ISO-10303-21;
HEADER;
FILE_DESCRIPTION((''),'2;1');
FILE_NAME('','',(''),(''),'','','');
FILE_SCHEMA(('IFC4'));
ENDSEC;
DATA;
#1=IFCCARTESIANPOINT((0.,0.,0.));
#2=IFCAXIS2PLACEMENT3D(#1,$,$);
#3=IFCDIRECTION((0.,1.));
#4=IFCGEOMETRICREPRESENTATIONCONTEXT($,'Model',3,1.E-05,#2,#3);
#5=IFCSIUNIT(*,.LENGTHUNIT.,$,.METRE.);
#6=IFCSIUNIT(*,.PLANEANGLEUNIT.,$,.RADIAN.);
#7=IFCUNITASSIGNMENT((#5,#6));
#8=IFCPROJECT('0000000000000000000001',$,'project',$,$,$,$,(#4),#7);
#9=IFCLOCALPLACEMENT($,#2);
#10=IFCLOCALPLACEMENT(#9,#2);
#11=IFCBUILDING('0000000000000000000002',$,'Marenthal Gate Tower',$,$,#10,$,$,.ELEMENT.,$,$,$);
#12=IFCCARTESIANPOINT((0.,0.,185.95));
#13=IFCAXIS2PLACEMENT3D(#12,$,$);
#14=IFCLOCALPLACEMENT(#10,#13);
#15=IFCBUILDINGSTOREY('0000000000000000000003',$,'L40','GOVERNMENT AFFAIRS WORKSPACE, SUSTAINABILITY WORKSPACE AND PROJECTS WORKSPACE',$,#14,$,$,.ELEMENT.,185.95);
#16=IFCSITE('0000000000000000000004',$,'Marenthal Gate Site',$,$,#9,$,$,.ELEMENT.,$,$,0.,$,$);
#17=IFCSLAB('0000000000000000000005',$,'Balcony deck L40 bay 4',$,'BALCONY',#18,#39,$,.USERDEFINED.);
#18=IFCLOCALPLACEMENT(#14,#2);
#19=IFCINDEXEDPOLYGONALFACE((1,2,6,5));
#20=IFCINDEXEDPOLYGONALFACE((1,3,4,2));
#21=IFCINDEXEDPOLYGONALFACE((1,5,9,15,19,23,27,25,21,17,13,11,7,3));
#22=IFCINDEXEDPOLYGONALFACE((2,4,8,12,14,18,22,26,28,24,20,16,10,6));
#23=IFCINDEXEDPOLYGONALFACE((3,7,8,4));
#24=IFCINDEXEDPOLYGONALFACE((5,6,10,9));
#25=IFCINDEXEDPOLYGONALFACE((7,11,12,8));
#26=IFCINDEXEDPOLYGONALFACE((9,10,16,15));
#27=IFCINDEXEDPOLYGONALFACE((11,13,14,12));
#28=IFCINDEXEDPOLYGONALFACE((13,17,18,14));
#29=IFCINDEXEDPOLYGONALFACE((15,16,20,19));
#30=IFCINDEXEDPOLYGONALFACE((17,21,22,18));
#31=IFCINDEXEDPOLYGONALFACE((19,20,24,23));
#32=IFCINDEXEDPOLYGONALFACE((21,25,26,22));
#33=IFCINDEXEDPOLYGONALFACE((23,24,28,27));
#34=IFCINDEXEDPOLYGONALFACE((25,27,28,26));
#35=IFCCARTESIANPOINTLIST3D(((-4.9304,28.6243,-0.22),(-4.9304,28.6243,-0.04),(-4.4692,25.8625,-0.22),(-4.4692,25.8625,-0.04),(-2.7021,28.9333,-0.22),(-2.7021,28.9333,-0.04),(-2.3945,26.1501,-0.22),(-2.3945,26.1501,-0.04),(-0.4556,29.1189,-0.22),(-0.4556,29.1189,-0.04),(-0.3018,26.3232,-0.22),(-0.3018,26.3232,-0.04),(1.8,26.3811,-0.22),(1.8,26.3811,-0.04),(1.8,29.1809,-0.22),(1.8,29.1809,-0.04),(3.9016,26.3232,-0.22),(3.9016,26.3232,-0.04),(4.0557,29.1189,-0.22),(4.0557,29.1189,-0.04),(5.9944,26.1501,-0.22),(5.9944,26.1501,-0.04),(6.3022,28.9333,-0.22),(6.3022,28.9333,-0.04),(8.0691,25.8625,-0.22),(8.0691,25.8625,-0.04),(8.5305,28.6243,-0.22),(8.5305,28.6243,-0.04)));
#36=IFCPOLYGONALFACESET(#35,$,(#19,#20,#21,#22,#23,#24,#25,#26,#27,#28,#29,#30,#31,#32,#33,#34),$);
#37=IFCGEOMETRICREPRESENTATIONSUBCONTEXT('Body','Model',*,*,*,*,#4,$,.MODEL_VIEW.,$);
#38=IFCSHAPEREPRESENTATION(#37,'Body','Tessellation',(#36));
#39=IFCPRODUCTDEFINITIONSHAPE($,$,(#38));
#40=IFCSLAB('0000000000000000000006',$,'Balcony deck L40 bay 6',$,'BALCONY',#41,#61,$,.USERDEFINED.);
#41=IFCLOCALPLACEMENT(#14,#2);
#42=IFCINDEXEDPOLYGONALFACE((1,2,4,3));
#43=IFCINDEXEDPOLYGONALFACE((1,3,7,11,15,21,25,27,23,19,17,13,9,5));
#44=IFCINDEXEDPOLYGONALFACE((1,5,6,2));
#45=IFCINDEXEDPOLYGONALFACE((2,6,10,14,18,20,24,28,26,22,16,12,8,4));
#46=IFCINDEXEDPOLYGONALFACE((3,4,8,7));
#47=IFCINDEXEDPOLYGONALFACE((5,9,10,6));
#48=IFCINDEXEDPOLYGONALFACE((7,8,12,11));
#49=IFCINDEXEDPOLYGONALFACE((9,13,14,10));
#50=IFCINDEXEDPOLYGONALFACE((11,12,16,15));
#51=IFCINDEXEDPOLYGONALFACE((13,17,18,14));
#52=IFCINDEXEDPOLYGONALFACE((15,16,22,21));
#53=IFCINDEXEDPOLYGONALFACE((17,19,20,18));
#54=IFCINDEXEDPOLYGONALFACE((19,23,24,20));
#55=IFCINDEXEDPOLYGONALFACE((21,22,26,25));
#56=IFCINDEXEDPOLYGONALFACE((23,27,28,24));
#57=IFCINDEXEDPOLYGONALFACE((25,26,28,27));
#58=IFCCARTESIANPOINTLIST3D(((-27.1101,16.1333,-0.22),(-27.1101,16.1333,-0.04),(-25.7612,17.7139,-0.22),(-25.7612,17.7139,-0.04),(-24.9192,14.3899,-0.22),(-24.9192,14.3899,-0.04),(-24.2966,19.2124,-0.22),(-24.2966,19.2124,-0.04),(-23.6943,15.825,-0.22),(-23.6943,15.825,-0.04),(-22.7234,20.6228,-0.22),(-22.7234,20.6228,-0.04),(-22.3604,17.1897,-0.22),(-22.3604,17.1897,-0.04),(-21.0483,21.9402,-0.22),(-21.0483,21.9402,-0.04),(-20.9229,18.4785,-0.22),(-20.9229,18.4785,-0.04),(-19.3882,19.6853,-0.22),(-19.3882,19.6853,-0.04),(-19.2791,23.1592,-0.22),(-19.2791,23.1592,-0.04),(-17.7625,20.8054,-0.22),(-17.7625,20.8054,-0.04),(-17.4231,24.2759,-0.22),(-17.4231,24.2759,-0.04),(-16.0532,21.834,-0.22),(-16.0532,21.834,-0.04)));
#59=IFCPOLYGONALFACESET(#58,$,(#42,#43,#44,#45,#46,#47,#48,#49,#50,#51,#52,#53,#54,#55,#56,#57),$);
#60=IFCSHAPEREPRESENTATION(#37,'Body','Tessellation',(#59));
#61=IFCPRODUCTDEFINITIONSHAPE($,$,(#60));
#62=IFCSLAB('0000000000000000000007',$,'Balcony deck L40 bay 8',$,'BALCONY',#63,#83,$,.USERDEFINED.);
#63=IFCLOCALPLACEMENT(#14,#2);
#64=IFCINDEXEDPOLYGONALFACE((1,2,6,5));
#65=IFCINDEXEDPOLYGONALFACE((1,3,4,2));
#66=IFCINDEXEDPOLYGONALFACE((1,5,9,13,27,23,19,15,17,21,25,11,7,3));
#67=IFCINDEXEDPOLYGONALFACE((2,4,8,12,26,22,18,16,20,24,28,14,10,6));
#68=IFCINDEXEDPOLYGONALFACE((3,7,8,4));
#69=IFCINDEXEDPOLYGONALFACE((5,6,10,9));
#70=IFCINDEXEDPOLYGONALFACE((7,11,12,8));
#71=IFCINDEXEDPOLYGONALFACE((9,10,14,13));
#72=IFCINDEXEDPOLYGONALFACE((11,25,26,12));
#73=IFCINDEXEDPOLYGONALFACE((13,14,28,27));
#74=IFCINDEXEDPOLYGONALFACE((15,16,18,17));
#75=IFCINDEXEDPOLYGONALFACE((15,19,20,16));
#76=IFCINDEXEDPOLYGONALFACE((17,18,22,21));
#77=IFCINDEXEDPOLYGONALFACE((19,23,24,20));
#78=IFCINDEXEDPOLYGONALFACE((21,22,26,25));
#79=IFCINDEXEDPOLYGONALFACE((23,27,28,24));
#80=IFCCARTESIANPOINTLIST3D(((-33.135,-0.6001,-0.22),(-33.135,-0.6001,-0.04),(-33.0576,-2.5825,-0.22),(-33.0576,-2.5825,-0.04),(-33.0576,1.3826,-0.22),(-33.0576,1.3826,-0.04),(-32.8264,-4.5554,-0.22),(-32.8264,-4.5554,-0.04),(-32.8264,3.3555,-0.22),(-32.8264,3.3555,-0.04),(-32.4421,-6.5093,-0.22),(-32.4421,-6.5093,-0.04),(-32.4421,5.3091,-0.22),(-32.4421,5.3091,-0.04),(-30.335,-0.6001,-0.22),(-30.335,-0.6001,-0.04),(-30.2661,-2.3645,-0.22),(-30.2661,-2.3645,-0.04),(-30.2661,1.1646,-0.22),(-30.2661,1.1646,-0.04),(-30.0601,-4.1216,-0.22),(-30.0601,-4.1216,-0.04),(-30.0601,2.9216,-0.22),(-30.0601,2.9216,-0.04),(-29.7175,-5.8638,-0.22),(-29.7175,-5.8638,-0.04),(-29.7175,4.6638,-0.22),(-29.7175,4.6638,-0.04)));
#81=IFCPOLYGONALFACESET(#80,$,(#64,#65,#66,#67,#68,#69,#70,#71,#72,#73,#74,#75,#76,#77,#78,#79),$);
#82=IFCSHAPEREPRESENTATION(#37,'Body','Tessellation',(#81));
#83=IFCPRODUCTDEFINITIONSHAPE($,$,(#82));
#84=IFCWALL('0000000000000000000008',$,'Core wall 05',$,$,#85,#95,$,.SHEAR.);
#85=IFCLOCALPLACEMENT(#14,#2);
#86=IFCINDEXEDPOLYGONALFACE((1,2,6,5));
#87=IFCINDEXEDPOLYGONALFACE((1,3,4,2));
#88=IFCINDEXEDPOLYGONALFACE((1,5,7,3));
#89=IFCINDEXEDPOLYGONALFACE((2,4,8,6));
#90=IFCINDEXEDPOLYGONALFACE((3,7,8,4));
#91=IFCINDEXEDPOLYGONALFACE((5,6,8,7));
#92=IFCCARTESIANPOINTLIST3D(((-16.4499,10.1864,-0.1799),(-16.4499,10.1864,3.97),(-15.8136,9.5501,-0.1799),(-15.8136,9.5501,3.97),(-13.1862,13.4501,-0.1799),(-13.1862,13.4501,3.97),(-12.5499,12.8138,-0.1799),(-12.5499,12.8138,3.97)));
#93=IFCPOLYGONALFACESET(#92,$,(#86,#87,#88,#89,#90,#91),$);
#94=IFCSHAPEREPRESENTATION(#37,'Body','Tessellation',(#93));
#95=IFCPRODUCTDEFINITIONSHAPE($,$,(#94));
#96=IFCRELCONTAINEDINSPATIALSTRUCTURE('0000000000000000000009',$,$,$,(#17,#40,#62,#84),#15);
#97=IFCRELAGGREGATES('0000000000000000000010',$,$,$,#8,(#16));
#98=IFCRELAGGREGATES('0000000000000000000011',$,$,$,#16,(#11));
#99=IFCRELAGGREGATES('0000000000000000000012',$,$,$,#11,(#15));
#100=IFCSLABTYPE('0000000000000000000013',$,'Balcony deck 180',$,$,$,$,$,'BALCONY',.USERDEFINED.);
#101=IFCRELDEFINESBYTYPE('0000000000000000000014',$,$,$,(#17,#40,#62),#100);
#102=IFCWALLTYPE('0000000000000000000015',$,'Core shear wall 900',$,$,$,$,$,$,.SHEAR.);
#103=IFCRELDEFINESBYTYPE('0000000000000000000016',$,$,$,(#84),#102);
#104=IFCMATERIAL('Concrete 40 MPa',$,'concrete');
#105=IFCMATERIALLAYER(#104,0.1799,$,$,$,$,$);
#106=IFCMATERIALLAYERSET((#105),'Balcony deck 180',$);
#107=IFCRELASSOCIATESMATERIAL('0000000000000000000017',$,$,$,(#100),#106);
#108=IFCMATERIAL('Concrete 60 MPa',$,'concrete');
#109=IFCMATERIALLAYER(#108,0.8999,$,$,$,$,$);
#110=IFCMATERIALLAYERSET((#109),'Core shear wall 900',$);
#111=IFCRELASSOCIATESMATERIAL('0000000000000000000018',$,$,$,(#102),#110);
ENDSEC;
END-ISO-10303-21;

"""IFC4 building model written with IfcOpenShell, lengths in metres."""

from ifc_helpers import new_model, si_unit, direction, frame, frame_2d, origin, place, context, subcontext, project, spatial, polyline, rectangle, outline, extrude, material, layer, layer_set, type_object, element, save


model = new_model("IFC4")

# Units and contexts
model_context = context("Model", 3, precision=1e-05, world=origin(), true_north=direction((0.0, 1.0)))
body_context = subcontext(model_context, "Body", "Model", "MODEL_VIEW")
ifc_project = project(units=[si_unit("LENGTHUNIT", "METRE"), si_unit("PLANEANGLEUNIT", "RADIAN")], contexts=[model_context])

# Site, building, storey
site_placement = place(None, origin())
site = spatial("IfcSite", under=ifc_project, at=site_placement, Name="Marenthal Gate Site", CompositionType="ELEMENT", RefElevation=0.0)
building_placement = place(site_placement, origin())
building = spatial("IfcBuilding", under=site, at=building_placement, Name="Marenthal Gate Tower", CompositionType="ELEMENT")
storey_placement = place(building_placement, frame((0.0, 0.0, 185.95)))
storey = spatial("IfcBuildingStorey", under=building, at=storey_placement, Name="L40", Description="GOVERNMENT AFFAIRS WORKSPACE, SUSTAINABILITY WORKSPACE AND PROJECTS WORKSPACE", CompositionType="ELEMENT", Elevation=185.95)

# Slabs
ifc_material_1 = material(Name="Concrete 40 MPa", Category="concrete")
ifc_layer_1 = layer(ifc_material_1, 0.1799)
ifc_layer_set_1 = layer_set([ifc_layer_1], Name="Balcony deck 180")
slab_type = type_object("IfcSlabType", Name="Balcony deck 180", ElementType="BALCONY", PredefinedType="USERDEFINED", material=ifc_layer_set_1)
slab_1_placement = place(storey_placement, frame((0.0, 0.0, -0.22)))
element("IfcSlab", 1, at=slab_1_placement, inside=storey, type_object=slab_type, Name="Balcony deck L40 bay 4", ObjectType="BALCONY", PredefinedType="USERDEFINED", context=body_context, shape_type="SweptSolid", body=[
    extrude(outline(polyline([(8.0691, 25.8625), (5.9944, 26.1501), (3.9016, 26.3232), (1.8, 26.3811), (-0.3018, 26.3232), (-2.3945, 26.1501), (-4.4692, 25.8625), (-4.9304, 28.6243), (-2.7021, 28.9333), (-0.4556, 29.1189), (1.8, 29.1809), (4.0557, 29.1189), (6.3022, 28.9333), (8.5305, 28.6243), (8.0691, 25.8625)])), origin(), (0.0, 0.0, 1.0), 0.1799),
])
slab_2_placement = place(storey_placement, frame((0.0, 0.0, -0.22)))
element("IfcSlab", 2, at=slab_2_placement, inside=storey, type_object=slab_type, Name="Balcony deck L40 bay 6", ObjectType="BALCONY", PredefinedType="USERDEFINED", context=body_context, shape_type="SweptSolid", body=[
    extrude(outline(polyline([(-16.0532, 21.834), (-17.7625, 20.8054), (-19.3882, 19.6853), (-20.9229, 18.4785), (-22.3604, 17.1897), (-23.6943, 15.825), (-24.9192, 14.3899), (-27.1101, 16.1333), (-25.7612, 17.7139), (-24.2966, 19.2124), (-22.7234, 20.6228), (-21.0483, 21.9402), (-19.2791, 23.1592), (-17.4231, 24.2759), (-16.0532, 21.834)])), origin(), (0.0, 0.0, 1.0), 0.1799),
])
slab_3_placement = place(storey_placement, frame((0.0, 0.0, -0.22)))
element("IfcSlab", 3, at=slab_3_placement, inside=storey, type_object=slab_type, Name="Balcony deck L40 bay 8", ObjectType="BALCONY", PredefinedType="USERDEFINED", context=body_context, shape_type="SweptSolid", body=[
    extrude(outline(polyline([(-29.7175, 4.6638), (-30.0601, 2.9216), (-30.2661, 1.1646), (-30.335, -0.6001), (-30.2661, -2.3645), (-30.0601, -4.1216), (-29.7175, -5.8638), (-32.4421, -6.5093), (-32.8264, -4.5554), (-33.0576, -2.5825), (-33.135, -0.6001), (-33.0576, 1.3826), (-32.8264, 3.3555), (-32.4421, 5.3091), (-29.7175, 4.6638)])), origin(), (0.0, 0.0, 1.0), 0.1799),
])

# Wall
ifc_material_2 = material(Name="Concrete 60 MPa", Category="concrete")
ifc_layer_2 = layer(ifc_material_2, 0.8999)
ifc_layer_set_2 = layer_set([ifc_layer_2], Name="Core shear wall 900")
wall_type_1 = type_object("IfcWallType", Name="Core shear wall 900", PredefinedType="SHEAR", material=ifc_layer_set_2)
wall_1_placement = place(storey_placement, frame((-12.8682, 13.1318, -0.1799), z_axis=(0.0, 0.0, 1.0), x_axis=(-0.707107, -0.707107, 0.0)))
element("IfcWall", 4, at=wall_1_placement, inside=storey, type_object=wall_type_1, Name="Core wall 05", PredefinedType="SHEAR", context=body_context, shape_type="SweptSolid", body=[
    extrude(rectangle(XDim=4.6155, YDim=0.8999, at=frame_2d((2.3076, 0.0))), origin(), (0.0, 0.0, 1.0), 4.1499),
])

save(model, "model.ifc")
